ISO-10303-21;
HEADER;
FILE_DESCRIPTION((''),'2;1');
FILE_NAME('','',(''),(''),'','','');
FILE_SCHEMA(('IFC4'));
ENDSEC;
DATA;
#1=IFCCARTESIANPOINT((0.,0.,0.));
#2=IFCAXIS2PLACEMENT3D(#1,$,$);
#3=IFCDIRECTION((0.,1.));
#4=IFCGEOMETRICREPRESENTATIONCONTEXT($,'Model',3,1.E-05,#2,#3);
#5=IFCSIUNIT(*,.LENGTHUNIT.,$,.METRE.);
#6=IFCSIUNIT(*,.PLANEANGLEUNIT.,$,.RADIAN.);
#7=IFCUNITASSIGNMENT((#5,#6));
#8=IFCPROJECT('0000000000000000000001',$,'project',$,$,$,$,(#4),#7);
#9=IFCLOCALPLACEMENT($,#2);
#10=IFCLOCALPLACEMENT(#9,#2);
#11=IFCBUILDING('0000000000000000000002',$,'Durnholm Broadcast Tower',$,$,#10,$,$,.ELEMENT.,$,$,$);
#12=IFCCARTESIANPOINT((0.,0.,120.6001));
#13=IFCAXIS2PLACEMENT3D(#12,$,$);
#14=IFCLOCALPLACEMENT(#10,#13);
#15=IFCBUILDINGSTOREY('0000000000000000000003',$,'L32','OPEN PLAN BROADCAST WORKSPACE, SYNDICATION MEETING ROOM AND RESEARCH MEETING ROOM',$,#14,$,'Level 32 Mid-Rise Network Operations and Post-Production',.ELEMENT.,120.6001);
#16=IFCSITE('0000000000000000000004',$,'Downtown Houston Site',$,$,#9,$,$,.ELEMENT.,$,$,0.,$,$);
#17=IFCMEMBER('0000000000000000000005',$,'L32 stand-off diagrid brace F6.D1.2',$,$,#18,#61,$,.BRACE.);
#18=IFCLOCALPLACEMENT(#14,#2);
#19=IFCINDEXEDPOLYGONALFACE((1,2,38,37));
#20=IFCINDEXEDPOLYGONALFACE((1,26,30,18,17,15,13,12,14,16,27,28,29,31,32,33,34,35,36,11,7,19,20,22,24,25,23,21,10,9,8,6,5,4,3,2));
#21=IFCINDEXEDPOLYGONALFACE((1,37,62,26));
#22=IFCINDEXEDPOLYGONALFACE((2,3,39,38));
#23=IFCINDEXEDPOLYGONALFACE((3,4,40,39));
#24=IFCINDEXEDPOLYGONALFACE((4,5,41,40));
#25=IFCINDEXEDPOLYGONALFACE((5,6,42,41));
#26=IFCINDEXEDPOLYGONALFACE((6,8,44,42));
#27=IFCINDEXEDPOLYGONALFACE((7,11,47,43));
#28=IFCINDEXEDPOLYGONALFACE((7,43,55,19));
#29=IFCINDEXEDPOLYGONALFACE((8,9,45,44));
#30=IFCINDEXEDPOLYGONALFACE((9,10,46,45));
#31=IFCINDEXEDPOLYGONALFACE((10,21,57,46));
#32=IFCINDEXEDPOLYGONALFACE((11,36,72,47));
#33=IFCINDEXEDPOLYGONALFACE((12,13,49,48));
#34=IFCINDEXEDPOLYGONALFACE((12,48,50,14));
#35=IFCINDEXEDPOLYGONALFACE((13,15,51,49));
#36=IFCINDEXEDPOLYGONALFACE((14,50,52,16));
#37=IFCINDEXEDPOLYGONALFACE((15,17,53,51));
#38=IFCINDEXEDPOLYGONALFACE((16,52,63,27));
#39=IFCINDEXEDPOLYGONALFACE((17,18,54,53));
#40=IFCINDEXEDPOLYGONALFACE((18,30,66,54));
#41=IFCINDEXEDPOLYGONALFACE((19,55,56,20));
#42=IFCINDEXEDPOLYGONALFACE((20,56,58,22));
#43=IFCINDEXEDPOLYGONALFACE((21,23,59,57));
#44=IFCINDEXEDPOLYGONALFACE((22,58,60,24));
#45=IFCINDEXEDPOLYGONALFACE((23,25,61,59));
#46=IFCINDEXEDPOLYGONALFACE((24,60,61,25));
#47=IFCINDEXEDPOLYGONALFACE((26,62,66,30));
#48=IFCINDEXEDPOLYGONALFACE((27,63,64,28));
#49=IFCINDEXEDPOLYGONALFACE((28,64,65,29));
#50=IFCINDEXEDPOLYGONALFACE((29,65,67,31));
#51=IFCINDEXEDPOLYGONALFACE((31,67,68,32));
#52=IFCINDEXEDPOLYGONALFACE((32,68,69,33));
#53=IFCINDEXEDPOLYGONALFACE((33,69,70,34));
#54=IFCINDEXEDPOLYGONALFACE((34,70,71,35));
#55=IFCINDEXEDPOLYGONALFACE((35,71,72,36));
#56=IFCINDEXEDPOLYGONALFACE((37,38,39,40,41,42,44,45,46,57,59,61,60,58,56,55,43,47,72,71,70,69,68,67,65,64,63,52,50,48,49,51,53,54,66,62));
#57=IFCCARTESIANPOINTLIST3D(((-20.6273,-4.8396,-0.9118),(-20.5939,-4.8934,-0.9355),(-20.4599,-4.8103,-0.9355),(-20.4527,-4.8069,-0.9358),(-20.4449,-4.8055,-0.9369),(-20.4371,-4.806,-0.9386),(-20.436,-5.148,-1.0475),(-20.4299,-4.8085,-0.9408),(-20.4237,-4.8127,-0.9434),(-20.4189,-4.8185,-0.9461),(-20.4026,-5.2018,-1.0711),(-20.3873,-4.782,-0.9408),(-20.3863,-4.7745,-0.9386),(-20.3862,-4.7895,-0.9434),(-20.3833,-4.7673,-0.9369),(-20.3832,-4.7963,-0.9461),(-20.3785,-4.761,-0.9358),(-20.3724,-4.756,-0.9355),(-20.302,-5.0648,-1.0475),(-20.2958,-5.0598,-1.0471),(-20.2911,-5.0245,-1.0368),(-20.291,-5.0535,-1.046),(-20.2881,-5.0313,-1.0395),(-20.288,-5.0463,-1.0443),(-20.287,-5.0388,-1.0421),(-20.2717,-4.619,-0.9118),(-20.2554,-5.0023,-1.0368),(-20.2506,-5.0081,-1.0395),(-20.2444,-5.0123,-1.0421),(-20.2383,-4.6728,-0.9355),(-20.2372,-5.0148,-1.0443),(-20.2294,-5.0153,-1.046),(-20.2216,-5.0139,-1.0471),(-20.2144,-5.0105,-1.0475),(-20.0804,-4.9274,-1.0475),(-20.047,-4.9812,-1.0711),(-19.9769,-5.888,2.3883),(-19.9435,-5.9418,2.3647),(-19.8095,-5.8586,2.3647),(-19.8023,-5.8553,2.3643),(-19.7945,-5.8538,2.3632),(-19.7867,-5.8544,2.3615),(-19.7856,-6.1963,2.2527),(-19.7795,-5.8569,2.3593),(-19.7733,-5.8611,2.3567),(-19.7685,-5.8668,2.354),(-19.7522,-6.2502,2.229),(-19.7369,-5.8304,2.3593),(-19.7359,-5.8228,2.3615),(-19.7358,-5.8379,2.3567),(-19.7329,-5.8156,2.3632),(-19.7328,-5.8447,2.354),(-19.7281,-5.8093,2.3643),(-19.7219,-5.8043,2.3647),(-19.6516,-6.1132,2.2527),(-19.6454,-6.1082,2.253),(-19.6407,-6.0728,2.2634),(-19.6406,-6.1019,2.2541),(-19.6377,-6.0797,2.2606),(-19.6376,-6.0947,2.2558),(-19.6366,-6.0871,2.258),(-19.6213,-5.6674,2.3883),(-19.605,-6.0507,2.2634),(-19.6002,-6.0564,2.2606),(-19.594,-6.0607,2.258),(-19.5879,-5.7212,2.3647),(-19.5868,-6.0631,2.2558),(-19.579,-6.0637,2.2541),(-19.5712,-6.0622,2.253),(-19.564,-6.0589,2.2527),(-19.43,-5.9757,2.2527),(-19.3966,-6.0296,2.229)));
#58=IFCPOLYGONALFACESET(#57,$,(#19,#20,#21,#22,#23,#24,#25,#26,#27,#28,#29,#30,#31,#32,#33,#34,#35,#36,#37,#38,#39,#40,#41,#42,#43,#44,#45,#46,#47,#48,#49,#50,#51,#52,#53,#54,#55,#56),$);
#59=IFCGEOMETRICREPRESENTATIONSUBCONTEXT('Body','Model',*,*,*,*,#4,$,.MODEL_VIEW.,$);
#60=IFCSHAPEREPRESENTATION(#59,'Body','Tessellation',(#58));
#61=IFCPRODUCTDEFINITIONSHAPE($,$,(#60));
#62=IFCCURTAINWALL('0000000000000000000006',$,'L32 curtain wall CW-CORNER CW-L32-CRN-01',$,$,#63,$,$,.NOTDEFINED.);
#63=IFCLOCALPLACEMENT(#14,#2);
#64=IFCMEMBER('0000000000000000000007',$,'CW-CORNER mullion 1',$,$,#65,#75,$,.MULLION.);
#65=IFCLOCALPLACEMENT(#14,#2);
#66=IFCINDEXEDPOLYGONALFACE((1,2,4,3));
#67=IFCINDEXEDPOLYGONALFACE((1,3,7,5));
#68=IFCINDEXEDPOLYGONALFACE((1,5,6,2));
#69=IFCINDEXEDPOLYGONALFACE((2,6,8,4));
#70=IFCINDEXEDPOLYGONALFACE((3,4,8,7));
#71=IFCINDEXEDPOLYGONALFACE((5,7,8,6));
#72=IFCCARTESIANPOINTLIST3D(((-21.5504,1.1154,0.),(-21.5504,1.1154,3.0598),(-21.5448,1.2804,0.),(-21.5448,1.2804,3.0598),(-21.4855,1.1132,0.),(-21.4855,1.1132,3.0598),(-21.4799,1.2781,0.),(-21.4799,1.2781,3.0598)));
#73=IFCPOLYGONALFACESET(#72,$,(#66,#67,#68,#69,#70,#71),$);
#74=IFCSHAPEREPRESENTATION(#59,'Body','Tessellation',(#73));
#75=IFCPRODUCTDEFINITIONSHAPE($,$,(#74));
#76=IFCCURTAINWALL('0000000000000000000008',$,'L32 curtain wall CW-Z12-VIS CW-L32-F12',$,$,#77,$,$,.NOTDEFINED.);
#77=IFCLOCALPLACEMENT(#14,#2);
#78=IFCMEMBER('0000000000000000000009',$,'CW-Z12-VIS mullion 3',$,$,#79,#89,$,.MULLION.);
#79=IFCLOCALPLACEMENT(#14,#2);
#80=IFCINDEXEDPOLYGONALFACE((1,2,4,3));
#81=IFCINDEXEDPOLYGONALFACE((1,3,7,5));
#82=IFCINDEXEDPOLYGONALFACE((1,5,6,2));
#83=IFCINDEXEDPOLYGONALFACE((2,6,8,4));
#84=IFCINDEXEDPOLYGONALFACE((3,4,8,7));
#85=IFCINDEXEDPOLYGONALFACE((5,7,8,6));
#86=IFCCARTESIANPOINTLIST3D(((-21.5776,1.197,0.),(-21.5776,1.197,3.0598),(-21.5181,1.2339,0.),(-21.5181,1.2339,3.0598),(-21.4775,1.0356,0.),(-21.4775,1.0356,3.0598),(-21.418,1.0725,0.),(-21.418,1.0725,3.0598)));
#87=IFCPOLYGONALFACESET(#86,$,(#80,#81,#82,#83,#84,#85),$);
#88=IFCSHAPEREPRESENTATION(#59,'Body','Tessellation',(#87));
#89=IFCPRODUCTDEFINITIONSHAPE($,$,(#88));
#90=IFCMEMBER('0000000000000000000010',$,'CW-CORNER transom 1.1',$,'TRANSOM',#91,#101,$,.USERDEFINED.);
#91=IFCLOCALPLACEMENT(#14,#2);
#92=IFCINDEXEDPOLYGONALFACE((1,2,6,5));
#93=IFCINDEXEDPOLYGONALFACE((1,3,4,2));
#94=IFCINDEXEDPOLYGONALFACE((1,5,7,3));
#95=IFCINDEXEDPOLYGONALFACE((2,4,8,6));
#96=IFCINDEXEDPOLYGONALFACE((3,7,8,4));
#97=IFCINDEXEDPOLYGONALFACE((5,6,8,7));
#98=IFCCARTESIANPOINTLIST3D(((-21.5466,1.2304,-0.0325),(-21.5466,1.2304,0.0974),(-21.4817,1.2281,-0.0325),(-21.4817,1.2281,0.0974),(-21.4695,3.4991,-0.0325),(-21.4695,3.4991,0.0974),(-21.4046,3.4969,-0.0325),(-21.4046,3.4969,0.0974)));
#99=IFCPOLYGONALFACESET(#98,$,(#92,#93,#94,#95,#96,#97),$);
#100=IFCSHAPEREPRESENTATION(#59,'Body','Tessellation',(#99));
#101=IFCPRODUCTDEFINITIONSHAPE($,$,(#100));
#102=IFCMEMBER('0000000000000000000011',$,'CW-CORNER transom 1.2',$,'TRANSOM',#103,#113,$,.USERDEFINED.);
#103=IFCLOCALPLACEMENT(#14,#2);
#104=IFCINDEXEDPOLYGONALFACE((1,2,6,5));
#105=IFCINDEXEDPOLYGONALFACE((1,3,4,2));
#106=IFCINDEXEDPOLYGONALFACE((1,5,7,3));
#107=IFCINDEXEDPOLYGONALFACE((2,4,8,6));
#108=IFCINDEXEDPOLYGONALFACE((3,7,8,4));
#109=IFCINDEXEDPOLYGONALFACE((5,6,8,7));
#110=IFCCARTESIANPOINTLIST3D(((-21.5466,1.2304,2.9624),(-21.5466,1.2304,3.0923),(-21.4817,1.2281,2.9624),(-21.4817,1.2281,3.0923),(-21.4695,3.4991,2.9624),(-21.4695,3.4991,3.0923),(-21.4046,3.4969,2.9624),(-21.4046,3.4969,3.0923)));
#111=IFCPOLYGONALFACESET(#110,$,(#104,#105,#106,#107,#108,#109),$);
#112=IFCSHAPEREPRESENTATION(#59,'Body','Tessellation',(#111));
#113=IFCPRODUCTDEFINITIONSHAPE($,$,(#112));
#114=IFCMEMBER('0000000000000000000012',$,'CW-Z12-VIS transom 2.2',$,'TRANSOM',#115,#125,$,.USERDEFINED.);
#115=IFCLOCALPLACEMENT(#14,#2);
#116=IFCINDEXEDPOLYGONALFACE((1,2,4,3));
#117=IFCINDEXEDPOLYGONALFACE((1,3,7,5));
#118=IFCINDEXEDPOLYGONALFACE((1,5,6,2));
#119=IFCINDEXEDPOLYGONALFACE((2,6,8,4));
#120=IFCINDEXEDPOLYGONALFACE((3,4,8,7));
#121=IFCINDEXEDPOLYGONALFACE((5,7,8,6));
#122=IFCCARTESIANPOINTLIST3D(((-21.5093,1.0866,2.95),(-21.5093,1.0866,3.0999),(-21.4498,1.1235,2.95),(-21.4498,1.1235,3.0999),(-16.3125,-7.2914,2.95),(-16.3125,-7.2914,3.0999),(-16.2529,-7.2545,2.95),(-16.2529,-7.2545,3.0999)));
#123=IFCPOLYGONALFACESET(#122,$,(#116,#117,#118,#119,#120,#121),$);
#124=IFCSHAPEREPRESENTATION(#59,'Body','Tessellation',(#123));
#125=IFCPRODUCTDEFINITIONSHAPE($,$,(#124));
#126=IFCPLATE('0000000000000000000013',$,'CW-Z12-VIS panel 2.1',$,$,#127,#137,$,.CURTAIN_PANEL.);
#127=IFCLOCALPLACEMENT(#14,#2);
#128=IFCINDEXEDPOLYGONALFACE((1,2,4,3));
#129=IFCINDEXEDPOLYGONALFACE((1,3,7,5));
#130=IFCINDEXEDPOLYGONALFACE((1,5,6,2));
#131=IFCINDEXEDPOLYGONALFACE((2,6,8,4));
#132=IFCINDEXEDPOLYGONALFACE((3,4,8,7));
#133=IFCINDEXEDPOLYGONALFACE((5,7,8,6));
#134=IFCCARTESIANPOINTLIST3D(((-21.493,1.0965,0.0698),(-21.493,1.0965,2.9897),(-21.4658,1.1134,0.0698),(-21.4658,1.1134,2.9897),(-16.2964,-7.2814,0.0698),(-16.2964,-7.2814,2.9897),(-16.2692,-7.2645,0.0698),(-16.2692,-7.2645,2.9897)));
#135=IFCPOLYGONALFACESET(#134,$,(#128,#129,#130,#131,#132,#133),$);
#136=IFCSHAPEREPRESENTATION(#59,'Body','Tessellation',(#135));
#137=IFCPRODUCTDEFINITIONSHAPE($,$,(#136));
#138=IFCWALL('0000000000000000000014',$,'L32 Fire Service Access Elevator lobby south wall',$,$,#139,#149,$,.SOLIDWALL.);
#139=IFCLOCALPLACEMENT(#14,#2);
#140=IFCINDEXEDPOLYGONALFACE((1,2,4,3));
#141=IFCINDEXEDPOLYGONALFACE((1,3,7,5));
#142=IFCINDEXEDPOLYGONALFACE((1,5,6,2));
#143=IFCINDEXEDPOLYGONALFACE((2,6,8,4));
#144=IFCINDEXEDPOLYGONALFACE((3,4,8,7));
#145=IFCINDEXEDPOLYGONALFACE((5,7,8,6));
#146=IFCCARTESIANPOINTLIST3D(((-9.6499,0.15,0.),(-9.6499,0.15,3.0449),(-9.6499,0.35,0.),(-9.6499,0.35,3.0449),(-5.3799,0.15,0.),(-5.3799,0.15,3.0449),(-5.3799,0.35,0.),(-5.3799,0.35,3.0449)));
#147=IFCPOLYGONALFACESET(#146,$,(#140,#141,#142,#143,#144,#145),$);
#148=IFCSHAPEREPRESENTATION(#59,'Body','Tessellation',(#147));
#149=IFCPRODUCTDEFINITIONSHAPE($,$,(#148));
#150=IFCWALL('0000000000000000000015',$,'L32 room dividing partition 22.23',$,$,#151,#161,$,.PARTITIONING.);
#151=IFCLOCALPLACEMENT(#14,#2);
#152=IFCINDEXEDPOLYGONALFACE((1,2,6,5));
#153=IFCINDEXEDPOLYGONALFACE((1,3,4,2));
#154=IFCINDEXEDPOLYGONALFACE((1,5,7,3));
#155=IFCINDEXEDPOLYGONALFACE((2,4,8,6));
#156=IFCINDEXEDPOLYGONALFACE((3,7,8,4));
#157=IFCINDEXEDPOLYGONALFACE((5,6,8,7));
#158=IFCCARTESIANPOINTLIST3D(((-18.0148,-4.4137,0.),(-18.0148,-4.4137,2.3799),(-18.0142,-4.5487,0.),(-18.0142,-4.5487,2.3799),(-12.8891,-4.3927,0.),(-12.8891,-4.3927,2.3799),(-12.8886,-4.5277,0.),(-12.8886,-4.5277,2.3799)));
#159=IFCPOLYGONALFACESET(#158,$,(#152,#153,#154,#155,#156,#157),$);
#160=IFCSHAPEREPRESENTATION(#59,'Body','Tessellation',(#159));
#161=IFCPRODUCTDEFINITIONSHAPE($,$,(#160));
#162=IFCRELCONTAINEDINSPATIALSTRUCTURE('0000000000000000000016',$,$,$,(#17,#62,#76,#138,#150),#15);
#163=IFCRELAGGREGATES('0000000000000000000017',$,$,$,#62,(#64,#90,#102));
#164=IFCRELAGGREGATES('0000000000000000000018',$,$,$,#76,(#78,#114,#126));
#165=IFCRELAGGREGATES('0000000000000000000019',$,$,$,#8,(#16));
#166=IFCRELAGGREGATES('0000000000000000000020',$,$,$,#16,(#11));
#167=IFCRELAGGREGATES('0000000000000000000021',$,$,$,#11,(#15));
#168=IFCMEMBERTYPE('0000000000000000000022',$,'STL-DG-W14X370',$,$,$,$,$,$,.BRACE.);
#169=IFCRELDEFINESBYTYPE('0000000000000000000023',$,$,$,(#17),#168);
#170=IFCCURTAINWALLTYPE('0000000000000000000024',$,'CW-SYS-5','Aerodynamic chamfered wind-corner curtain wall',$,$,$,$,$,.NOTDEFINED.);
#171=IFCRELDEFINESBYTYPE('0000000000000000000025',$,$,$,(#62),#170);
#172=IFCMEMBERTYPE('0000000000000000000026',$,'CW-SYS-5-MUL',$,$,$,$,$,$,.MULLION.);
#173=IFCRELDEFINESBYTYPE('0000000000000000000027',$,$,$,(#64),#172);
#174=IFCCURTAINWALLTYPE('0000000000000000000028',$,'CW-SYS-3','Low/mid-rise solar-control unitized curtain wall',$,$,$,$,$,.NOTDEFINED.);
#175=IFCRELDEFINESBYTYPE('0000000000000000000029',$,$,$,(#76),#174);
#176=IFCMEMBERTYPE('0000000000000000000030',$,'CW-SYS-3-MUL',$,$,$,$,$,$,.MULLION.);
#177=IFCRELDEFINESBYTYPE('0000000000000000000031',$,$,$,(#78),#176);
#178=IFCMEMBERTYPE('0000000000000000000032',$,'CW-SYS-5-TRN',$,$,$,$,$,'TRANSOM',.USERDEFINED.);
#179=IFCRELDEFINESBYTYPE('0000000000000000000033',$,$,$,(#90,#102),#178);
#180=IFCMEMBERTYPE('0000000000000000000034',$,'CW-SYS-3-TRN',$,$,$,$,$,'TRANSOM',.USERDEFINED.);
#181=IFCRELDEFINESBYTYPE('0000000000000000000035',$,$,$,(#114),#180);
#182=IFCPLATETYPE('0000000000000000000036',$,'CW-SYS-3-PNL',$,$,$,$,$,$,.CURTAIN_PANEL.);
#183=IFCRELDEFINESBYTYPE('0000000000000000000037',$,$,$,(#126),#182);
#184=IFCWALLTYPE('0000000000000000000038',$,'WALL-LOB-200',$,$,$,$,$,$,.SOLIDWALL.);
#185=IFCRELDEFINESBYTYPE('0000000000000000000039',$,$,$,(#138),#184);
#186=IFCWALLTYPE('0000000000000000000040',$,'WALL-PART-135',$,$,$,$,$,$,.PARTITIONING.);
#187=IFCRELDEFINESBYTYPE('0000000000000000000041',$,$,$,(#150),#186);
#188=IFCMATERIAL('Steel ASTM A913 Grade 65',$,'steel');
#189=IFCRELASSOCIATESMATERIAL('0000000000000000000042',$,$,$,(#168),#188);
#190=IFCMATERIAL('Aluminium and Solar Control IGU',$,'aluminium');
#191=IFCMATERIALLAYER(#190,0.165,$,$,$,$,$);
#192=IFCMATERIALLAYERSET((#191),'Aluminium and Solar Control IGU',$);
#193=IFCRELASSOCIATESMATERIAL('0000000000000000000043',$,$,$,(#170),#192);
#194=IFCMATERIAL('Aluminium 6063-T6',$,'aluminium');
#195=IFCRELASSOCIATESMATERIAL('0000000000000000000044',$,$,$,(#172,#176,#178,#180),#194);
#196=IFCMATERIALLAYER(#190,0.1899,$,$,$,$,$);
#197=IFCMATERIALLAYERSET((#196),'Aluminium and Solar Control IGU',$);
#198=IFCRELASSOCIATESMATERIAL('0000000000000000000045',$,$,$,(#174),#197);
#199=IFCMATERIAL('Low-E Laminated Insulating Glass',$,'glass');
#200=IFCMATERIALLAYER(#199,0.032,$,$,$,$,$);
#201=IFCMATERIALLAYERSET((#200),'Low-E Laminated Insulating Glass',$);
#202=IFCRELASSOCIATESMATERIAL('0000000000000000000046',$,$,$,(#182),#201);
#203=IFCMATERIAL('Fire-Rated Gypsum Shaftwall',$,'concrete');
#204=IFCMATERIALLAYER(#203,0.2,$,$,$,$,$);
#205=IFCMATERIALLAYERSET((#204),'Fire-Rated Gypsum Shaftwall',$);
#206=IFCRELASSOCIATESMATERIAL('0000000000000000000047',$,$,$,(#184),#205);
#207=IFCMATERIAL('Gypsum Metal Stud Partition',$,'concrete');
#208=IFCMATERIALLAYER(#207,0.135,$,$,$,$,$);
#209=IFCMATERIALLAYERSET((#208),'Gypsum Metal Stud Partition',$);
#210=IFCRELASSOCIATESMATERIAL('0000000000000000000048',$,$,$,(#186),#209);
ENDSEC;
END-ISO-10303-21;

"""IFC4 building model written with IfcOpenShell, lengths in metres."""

from ifc_helpers import new_model, si_unit, direction, frame, frame_2d, origin, origin_2d, place, context, subcontext, project, spatial, rectangle, i_section, extrude, source, transform, mapped, material, layer, layer_set, material_profile, profile_set, type_object, type_shapes, element, aggregate, save


model = new_model("IFC4")

# Units and contexts
model_context = context("Model", 3, precision=1e-05, world=origin(), true_north=direction((0.0, 1.0)))
body_context = subcontext(model_context, "Body", "Model", "MODEL_VIEW")
ifc_project = project(units=[si_unit("LENGTHUNIT", "METRE"), si_unit("PLANEANGLEUNIT", "RADIAN")], contexts=[model_context])

# Site, building, storey
site_placement = place(None, origin())
site = spatial("IfcSite", under=ifc_project, at=site_placement, Name="Downtown Houston Site", CompositionType="ELEMENT", RefElevation=0.0)
building_placement = place(site_placement, origin())
building = spatial("IfcBuilding", under=site, at=building_placement, Name="Durnholm Broadcast Tower", CompositionType="ELEMENT")
storey_placement = place(building_placement, frame((0.0, 0.0, 120.6001)))
storey = spatial("IfcBuildingStorey", under=building, at=storey_placement, Name="L32", Description="OPEN PLAN BROADCAST WORKSPACE, SYNDICATION MEETING ROOM AND RESEARCH MEETING ROOM", LongName="Level 32 Mid-Rise Network Operations and Post-Production", CompositionType="ELEMENT", Elevation=120.6001)

# Member
ifc_material_1 = material(Name="Steel ASTM A913 Grade 65", Category="steel")
ifc_material_profile_1 = material_profile(ifc_material_1, i_section(OverallWidth=0.4185, OverallDepth=0.4551, WebThickness=0.042, FlangeThickness=0.0676, FilletRadius=0.0305, at=origin_2d()), Name="W14X370")
ifc_profile_set_1 = profile_set([ifc_material_profile_1], Name="Steel ASTM A913 Grade 65")
member_type_1 = type_object("IfcMemberType", Name="STL-DG-W14X370", PredefinedType="BRACE", material=ifc_profile_set_1)
shared_shape_1 = source(origin(), body_context, "Body", "SweptSolid", [
    extrude(i_section(OverallWidth=0.4185, OverallDepth=0.4551, WebThickness=0.042, FlangeThickness=0.0676, FilletRadius=0.0305, at=origin_2d()), origin(), (0.0, 0.0, 1.0), 3.5232),
])
type_shapes(member_type_1, [shared_shape_1])
for number, where, z_axis, x_axis, name in (
    (1, (-20.3372, -4.9104, -0.9915), (0.184607, -0.29756, 0.936685), (0.84975, 0.527186, 0.0), "L32 stand-off diagrid brace F6.D1.2"),
):
    element("IfcMember", number, at=place(storey_placement, frame(where, z_axis=z_axis, x_axis=x_axis)), inside=storey, type_object=member_type_1, Name=name, PredefinedType="BRACE", context=body_context, shape_type="MappedRepresentation", body=[
        mapped(shared_shape_1, transform((0.0, 0.0, 0.0), x_axis=(1.0, 0.0, 0.0), y_axis=(0.0, 1.0, 0.0), z_axis=(0.0, 0.0, 1.0), scale=1.0)),
    ])

# Curtain walls, members
ifc_material_2 = material(Name="Aluminium and Solar Control IGU", Category="aluminium")
ifc_layer_1 = layer(ifc_material_2, 0.165)
ifc_layer_set_1 = layer_set([ifc_layer_1], Name="Aluminium and Solar Control IGU")
curtain_wall_type_1 = type_object("IfcCurtainWallType", Name="CW-SYS-5", Description="Aerodynamic chamfered wind-corner curtain wall", PredefinedType="NOTDEFINED", material=ifc_layer_set_1)
curtain_wall_1_placement = place(storey_placement, origin())
curtain_wall_1 = element("IfcCurtainWall", 2, at=curtain_wall_1_placement, inside=storey, type_object=curtain_wall_type_1, Name="L32 curtain wall CW-CORNER CW-L32-CRN-01", PredefinedType="NOTDEFINED")
ifc_material_3 = material(Name="Aluminium 6063-T6", Category="aluminium")
ifc_material_profile_2 = material_profile(ifc_material_3, rectangle(XDim=0.0649, YDim=0.165, at=origin_2d()), Name="CWM65X165")
ifc_profile_set_2 = profile_set([ifc_material_profile_2], Name="Aluminium 6063-T6")
member_type_2 = type_object("IfcMemberType", Name="CW-SYS-5-MUL", PredefinedType="MULLION", material=ifc_profile_set_2)
shared_shape_2 = source(origin(), body_context, "Body", "SweptSolid", [
    extrude(rectangle(XDim=0.0649, YDim=0.165, at=origin_2d()), origin(), (0.0, 0.0, 1.0), 3.0598),
])
type_shapes(member_type_2, [shared_shape_2])
member_1_placement = place(storey_placement, frame((-21.5151, 1.1968, 0.0), z_axis=(0.0, 0.0, 1.0), x_axis=(-0.999425, 0.033917, 0.0)))
member_1 = element("IfcMember", 3, at=member_1_placement, type_object=member_type_2, Name="CW-CORNER mullion 1", PredefinedType="MULLION", context=body_context, shape_type="MappedRepresentation", body=[
    mapped(shared_shape_2, transform((0.0, 0.0, 0.0), x_axis=(1.0, 0.0, 0.0), y_axis=(0.0, 1.0, 0.0), z_axis=(0.0, 0.0, 1.0), scale=1.0)),
])
ifc_layer_2 = layer(ifc_material_2, 0.1899)
ifc_layer_set_2 = layer_set([ifc_layer_2], Name="Aluminium and Solar Control IGU")
curtain_wall_type_2 = type_object("IfcCurtainWallType", Name="CW-SYS-3", Description="Low/mid-rise solar-control unitized curtain wall", PredefinedType="NOTDEFINED", material=ifc_layer_set_2)
curtain_wall_2_placement = place(storey_placement, origin())
curtain_wall_2 = element("IfcCurtainWall", 4, at=curtain_wall_2_placement, inside=storey, type_object=curtain_wall_type_2, Name="L32 curtain wall CW-Z12-VIS CW-L32-F12", PredefinedType="NOTDEFINED")
ifc_material_profile_3 = material_profile(ifc_material_3, rectangle(XDim=0.0701, YDim=0.1899, at=origin_2d()), Name="CWM70X190")
ifc_profile_set_3 = profile_set([ifc_material_profile_3], Name="Aluminium 6063-T6")
member_type_3 = type_object("IfcMemberType", Name="CW-SYS-3-MUL", PredefinedType="MULLION", material=ifc_profile_set_3)
shared_shape_3 = source(origin(), body_context, "Body", "SweptSolid", [
    extrude(rectangle(XDim=0.0701, YDim=0.1899, at=origin_2d()), origin(), (0.0, 0.0, 1.0), 3.0598),
])
type_shapes(member_type_3, [shared_shape_3])
member_2_placement = place(storey_placement, frame((-21.4978, 1.1348, 0.0), z_axis=(0.0, 0.0, 1.0), x_axis=(-0.8498, -0.527105, 0.0)))
member_2 = element("IfcMember", 5, at=member_2_placement, type_object=member_type_3, Name="CW-Z12-VIS mullion 3", PredefinedType="MULLION", context=body_context, shape_type="MappedRepresentation", body=[
    mapped(shared_shape_3, transform((0.0, 0.0, 0.0), x_axis=(1.0, 0.0, 0.0), y_axis=(0.0, 1.0, 0.0), z_axis=(0.0, 0.0, 1.0), scale=1.0)),
])

# Members
ifc_material_profile_4 = material_profile(ifc_material_3, rectangle(XDim=0.0649, YDim=0.1299, at=origin_2d()), Name="CWT65X130")
ifc_profile_set_4 = profile_set([ifc_material_profile_4], Name="Aluminium 6063-T6")
member_type_4 = type_object("IfcMemberType", Name="CW-SYS-5-TRN", ElementType="TRANSOM", PredefinedType="USERDEFINED", material=ifc_profile_set_4)
shared_shape_4 = source(origin(), body_context, "Body", "SweptSolid", [
    extrude(rectangle(XDim=0.0649, YDim=0.1299, at=origin_2d()), origin(), (0.0, 0.0, 1.0), 2.27),
])
type_shapes(member_type_4, [shared_shape_4])
member_3_placement = place(storey_placement, frame((-21.5142, 1.2292, 0.0325), z_axis=(0.033984, 0.999422, 0.0), x_axis=(-0.999422, 0.033984, 0.0)))
member_3 = element("IfcMember", 6, at=member_3_placement, type_object=member_type_4, Name="CW-CORNER transom 1.1", ObjectType="TRANSOM", PredefinedType="USERDEFINED", context=body_context, shape_type="MappedRepresentation", body=[
    mapped(shared_shape_4, transform((0.0, 0.0, 0.0), x_axis=(1.0, 0.0, 0.0), y_axis=(0.0, 1.0, 0.0), z_axis=(0.0, 0.0, 1.0), scale=1.0)),
])
member_4_placement = place(storey_placement, frame((-21.5142, 1.2292, 3.0273), z_axis=(0.033984, 0.999422, 0.0), x_axis=(-0.999422, 0.033984, 0.0)))
member_4 = element("IfcMember", 7, at=member_4_placement, type_object=member_type_4, Name="CW-CORNER transom 1.2", ObjectType="TRANSOM", PredefinedType="USERDEFINED", context=body_context, shape_type="MappedRepresentation", body=[
    mapped(shared_shape_4, transform((0.0, 0.0, 0.0), x_axis=(1.0, 0.0, 0.0), y_axis=(0.0, 1.0, 0.0), z_axis=(0.0, 0.0, 1.0), scale=1.0)),
])
aggregate(curtain_wall_1, [member_1, member_3, member_4])
ifc_material_profile_5 = material_profile(ifc_material_3, rectangle(XDim=0.0701, YDim=0.1499, at=origin_2d()), Name="CWT70X150")
ifc_profile_set_5 = profile_set([ifc_material_profile_5], Name="Aluminium 6063-T6")
member_type_5 = type_object("IfcMemberType", Name="CW-SYS-3-TRN", ElementType="TRANSOM", PredefinedType="USERDEFINED", material=ifc_profile_set_5)
shared_shape_5 = source(origin(), body_context, "Body", "SweptSolid", [
    extrude(rectangle(XDim=0.0701, YDim=0.1499, at=origin_2d()), origin(), (0.0, 0.0, 1.0), 9.8589),
])
type_shapes(member_type_5, [shared_shape_5])
member_5_placement = place(storey_placement, frame((-16.2827, -7.2729, 3.0249), z_axis=(-0.52712, 0.849791, 0.0), x_axis=(-0.849791, -0.52712, 0.0)))
member_5 = element("IfcMember", 8, at=member_5_placement, type_object=member_type_5, Name="CW-Z12-VIS transom 2.2", ObjectType="TRANSOM", PredefinedType="USERDEFINED", context=body_context, shape_type="MappedRepresentation", body=[
    mapped(shared_shape_5, transform((0.0, 0.0, 0.0), x_axis=(1.0, 0.0, 0.0), y_axis=(0.0, 1.0, 0.0), z_axis=(0.0, 0.0, 1.0), scale=1.0)),
])

# Plate
ifc_material_4 = material(Name="Low-E Laminated Insulating Glass", Category="glass")
ifc_layer_3 = layer(ifc_material_4, 0.032)
ifc_layer_set_3 = layer_set([ifc_layer_3], Name="Low-E Laminated Insulating Glass")
plate_type = type_object("IfcPlateType", Name="CW-SYS-3-PNL", PredefinedType="CURTAIN_PANEL", material=ifc_layer_set_3)
shared_shape_6 = source(origin(), body_context, "Body", "SweptSolid", [
    extrude(rectangle(XDim=9.8586, YDim=0.032, at=origin_2d()), origin(), (0.0, 0.0, 1.0), 2.9199),
])
type_shapes(plate_type, [shared_shape_6])
plate_placement = place(storey_placement, frame((-18.8811, -3.084, 0.0698), z_axis=(0.0, 0.0, 1.0), x_axis=(-0.527105, 0.8498, 0.0)))
plate = element("IfcPlate", 9, at=plate_placement, type_object=plate_type, Name="CW-Z12-VIS panel 2.1", PredefinedType="CURTAIN_PANEL", context=body_context, shape_type="MappedRepresentation", body=[
    mapped(shared_shape_6, transform((0.0, 0.0, 0.0), x_axis=(1.0, 0.0, 0.0), y_axis=(0.0, 1.0, 0.0), z_axis=(0.0, 0.0, 1.0), scale=1.0)),
])
aggregate(curtain_wall_2, [member_2, member_5, plate])

# Walls
ifc_material_5 = material(Name="Fire-Rated Gypsum Shaftwall", Category="concrete")
ifc_layer_4 = layer(ifc_material_5, 0.2)
ifc_layer_set_4 = layer_set([ifc_layer_4], Name="Fire-Rated Gypsum Shaftwall")
wall_type_1 = type_object("IfcWallType", Name="WALL-LOB-200", PredefinedType="SOLIDWALL", material=ifc_layer_set_4)
wall_1_placement = place(storey_placement, frame((-9.6499, 0.25, 0.0), z_axis=(0.0, 0.0, 1.0), x_axis=(1.0, 0.0, 0.0)))
element("IfcWall", 10, at=wall_1_placement, inside=storey, type_object=wall_type_1, Name="L32 Fire Service Access Elevator lobby south wall", PredefinedType="SOLIDWALL", context=body_context, shape_type="SweptSolid", body=[
    extrude(rectangle(XDim=4.27, YDim=0.2, at=frame_2d((2.135, 0.0))), origin(), (0.0, 0.0, 1.0), 3.0449),
])
ifc_material_6 = material(Name="Gypsum Metal Stud Partition", Category="concrete")
ifc_layer_5 = layer(ifc_material_6, 0.135)
ifc_layer_set_5 = layer_set([ifc_layer_5], Name="Gypsum Metal Stud Partition")
wall_type_2 = type_object("IfcWallType", Name="WALL-PART-135", PredefinedType="PARTITIONING", material=ifc_layer_set_5)
wall_2_placement = place(storey_placement, frame((-18.0146, -4.4812, 0.0), z_axis=(0.0, 0.0, 1.0), x_axis=(0.999992, 0.004096, 0.0)))
element("IfcWall", 11, at=wall_2_placement, inside=storey, type_object=wall_type_2, Name="L32 room dividing partition 22.23", PredefinedType="PARTITIONING", context=body_context, shape_type="SweptSolid", body=[
    extrude(rectangle(XDim=5.1257, YDim=0.135, at=frame_2d((2.563, 0.0))), origin(), (0.0, 0.0, 1.0), 2.3799),
])

save(model, "model.ifc")
